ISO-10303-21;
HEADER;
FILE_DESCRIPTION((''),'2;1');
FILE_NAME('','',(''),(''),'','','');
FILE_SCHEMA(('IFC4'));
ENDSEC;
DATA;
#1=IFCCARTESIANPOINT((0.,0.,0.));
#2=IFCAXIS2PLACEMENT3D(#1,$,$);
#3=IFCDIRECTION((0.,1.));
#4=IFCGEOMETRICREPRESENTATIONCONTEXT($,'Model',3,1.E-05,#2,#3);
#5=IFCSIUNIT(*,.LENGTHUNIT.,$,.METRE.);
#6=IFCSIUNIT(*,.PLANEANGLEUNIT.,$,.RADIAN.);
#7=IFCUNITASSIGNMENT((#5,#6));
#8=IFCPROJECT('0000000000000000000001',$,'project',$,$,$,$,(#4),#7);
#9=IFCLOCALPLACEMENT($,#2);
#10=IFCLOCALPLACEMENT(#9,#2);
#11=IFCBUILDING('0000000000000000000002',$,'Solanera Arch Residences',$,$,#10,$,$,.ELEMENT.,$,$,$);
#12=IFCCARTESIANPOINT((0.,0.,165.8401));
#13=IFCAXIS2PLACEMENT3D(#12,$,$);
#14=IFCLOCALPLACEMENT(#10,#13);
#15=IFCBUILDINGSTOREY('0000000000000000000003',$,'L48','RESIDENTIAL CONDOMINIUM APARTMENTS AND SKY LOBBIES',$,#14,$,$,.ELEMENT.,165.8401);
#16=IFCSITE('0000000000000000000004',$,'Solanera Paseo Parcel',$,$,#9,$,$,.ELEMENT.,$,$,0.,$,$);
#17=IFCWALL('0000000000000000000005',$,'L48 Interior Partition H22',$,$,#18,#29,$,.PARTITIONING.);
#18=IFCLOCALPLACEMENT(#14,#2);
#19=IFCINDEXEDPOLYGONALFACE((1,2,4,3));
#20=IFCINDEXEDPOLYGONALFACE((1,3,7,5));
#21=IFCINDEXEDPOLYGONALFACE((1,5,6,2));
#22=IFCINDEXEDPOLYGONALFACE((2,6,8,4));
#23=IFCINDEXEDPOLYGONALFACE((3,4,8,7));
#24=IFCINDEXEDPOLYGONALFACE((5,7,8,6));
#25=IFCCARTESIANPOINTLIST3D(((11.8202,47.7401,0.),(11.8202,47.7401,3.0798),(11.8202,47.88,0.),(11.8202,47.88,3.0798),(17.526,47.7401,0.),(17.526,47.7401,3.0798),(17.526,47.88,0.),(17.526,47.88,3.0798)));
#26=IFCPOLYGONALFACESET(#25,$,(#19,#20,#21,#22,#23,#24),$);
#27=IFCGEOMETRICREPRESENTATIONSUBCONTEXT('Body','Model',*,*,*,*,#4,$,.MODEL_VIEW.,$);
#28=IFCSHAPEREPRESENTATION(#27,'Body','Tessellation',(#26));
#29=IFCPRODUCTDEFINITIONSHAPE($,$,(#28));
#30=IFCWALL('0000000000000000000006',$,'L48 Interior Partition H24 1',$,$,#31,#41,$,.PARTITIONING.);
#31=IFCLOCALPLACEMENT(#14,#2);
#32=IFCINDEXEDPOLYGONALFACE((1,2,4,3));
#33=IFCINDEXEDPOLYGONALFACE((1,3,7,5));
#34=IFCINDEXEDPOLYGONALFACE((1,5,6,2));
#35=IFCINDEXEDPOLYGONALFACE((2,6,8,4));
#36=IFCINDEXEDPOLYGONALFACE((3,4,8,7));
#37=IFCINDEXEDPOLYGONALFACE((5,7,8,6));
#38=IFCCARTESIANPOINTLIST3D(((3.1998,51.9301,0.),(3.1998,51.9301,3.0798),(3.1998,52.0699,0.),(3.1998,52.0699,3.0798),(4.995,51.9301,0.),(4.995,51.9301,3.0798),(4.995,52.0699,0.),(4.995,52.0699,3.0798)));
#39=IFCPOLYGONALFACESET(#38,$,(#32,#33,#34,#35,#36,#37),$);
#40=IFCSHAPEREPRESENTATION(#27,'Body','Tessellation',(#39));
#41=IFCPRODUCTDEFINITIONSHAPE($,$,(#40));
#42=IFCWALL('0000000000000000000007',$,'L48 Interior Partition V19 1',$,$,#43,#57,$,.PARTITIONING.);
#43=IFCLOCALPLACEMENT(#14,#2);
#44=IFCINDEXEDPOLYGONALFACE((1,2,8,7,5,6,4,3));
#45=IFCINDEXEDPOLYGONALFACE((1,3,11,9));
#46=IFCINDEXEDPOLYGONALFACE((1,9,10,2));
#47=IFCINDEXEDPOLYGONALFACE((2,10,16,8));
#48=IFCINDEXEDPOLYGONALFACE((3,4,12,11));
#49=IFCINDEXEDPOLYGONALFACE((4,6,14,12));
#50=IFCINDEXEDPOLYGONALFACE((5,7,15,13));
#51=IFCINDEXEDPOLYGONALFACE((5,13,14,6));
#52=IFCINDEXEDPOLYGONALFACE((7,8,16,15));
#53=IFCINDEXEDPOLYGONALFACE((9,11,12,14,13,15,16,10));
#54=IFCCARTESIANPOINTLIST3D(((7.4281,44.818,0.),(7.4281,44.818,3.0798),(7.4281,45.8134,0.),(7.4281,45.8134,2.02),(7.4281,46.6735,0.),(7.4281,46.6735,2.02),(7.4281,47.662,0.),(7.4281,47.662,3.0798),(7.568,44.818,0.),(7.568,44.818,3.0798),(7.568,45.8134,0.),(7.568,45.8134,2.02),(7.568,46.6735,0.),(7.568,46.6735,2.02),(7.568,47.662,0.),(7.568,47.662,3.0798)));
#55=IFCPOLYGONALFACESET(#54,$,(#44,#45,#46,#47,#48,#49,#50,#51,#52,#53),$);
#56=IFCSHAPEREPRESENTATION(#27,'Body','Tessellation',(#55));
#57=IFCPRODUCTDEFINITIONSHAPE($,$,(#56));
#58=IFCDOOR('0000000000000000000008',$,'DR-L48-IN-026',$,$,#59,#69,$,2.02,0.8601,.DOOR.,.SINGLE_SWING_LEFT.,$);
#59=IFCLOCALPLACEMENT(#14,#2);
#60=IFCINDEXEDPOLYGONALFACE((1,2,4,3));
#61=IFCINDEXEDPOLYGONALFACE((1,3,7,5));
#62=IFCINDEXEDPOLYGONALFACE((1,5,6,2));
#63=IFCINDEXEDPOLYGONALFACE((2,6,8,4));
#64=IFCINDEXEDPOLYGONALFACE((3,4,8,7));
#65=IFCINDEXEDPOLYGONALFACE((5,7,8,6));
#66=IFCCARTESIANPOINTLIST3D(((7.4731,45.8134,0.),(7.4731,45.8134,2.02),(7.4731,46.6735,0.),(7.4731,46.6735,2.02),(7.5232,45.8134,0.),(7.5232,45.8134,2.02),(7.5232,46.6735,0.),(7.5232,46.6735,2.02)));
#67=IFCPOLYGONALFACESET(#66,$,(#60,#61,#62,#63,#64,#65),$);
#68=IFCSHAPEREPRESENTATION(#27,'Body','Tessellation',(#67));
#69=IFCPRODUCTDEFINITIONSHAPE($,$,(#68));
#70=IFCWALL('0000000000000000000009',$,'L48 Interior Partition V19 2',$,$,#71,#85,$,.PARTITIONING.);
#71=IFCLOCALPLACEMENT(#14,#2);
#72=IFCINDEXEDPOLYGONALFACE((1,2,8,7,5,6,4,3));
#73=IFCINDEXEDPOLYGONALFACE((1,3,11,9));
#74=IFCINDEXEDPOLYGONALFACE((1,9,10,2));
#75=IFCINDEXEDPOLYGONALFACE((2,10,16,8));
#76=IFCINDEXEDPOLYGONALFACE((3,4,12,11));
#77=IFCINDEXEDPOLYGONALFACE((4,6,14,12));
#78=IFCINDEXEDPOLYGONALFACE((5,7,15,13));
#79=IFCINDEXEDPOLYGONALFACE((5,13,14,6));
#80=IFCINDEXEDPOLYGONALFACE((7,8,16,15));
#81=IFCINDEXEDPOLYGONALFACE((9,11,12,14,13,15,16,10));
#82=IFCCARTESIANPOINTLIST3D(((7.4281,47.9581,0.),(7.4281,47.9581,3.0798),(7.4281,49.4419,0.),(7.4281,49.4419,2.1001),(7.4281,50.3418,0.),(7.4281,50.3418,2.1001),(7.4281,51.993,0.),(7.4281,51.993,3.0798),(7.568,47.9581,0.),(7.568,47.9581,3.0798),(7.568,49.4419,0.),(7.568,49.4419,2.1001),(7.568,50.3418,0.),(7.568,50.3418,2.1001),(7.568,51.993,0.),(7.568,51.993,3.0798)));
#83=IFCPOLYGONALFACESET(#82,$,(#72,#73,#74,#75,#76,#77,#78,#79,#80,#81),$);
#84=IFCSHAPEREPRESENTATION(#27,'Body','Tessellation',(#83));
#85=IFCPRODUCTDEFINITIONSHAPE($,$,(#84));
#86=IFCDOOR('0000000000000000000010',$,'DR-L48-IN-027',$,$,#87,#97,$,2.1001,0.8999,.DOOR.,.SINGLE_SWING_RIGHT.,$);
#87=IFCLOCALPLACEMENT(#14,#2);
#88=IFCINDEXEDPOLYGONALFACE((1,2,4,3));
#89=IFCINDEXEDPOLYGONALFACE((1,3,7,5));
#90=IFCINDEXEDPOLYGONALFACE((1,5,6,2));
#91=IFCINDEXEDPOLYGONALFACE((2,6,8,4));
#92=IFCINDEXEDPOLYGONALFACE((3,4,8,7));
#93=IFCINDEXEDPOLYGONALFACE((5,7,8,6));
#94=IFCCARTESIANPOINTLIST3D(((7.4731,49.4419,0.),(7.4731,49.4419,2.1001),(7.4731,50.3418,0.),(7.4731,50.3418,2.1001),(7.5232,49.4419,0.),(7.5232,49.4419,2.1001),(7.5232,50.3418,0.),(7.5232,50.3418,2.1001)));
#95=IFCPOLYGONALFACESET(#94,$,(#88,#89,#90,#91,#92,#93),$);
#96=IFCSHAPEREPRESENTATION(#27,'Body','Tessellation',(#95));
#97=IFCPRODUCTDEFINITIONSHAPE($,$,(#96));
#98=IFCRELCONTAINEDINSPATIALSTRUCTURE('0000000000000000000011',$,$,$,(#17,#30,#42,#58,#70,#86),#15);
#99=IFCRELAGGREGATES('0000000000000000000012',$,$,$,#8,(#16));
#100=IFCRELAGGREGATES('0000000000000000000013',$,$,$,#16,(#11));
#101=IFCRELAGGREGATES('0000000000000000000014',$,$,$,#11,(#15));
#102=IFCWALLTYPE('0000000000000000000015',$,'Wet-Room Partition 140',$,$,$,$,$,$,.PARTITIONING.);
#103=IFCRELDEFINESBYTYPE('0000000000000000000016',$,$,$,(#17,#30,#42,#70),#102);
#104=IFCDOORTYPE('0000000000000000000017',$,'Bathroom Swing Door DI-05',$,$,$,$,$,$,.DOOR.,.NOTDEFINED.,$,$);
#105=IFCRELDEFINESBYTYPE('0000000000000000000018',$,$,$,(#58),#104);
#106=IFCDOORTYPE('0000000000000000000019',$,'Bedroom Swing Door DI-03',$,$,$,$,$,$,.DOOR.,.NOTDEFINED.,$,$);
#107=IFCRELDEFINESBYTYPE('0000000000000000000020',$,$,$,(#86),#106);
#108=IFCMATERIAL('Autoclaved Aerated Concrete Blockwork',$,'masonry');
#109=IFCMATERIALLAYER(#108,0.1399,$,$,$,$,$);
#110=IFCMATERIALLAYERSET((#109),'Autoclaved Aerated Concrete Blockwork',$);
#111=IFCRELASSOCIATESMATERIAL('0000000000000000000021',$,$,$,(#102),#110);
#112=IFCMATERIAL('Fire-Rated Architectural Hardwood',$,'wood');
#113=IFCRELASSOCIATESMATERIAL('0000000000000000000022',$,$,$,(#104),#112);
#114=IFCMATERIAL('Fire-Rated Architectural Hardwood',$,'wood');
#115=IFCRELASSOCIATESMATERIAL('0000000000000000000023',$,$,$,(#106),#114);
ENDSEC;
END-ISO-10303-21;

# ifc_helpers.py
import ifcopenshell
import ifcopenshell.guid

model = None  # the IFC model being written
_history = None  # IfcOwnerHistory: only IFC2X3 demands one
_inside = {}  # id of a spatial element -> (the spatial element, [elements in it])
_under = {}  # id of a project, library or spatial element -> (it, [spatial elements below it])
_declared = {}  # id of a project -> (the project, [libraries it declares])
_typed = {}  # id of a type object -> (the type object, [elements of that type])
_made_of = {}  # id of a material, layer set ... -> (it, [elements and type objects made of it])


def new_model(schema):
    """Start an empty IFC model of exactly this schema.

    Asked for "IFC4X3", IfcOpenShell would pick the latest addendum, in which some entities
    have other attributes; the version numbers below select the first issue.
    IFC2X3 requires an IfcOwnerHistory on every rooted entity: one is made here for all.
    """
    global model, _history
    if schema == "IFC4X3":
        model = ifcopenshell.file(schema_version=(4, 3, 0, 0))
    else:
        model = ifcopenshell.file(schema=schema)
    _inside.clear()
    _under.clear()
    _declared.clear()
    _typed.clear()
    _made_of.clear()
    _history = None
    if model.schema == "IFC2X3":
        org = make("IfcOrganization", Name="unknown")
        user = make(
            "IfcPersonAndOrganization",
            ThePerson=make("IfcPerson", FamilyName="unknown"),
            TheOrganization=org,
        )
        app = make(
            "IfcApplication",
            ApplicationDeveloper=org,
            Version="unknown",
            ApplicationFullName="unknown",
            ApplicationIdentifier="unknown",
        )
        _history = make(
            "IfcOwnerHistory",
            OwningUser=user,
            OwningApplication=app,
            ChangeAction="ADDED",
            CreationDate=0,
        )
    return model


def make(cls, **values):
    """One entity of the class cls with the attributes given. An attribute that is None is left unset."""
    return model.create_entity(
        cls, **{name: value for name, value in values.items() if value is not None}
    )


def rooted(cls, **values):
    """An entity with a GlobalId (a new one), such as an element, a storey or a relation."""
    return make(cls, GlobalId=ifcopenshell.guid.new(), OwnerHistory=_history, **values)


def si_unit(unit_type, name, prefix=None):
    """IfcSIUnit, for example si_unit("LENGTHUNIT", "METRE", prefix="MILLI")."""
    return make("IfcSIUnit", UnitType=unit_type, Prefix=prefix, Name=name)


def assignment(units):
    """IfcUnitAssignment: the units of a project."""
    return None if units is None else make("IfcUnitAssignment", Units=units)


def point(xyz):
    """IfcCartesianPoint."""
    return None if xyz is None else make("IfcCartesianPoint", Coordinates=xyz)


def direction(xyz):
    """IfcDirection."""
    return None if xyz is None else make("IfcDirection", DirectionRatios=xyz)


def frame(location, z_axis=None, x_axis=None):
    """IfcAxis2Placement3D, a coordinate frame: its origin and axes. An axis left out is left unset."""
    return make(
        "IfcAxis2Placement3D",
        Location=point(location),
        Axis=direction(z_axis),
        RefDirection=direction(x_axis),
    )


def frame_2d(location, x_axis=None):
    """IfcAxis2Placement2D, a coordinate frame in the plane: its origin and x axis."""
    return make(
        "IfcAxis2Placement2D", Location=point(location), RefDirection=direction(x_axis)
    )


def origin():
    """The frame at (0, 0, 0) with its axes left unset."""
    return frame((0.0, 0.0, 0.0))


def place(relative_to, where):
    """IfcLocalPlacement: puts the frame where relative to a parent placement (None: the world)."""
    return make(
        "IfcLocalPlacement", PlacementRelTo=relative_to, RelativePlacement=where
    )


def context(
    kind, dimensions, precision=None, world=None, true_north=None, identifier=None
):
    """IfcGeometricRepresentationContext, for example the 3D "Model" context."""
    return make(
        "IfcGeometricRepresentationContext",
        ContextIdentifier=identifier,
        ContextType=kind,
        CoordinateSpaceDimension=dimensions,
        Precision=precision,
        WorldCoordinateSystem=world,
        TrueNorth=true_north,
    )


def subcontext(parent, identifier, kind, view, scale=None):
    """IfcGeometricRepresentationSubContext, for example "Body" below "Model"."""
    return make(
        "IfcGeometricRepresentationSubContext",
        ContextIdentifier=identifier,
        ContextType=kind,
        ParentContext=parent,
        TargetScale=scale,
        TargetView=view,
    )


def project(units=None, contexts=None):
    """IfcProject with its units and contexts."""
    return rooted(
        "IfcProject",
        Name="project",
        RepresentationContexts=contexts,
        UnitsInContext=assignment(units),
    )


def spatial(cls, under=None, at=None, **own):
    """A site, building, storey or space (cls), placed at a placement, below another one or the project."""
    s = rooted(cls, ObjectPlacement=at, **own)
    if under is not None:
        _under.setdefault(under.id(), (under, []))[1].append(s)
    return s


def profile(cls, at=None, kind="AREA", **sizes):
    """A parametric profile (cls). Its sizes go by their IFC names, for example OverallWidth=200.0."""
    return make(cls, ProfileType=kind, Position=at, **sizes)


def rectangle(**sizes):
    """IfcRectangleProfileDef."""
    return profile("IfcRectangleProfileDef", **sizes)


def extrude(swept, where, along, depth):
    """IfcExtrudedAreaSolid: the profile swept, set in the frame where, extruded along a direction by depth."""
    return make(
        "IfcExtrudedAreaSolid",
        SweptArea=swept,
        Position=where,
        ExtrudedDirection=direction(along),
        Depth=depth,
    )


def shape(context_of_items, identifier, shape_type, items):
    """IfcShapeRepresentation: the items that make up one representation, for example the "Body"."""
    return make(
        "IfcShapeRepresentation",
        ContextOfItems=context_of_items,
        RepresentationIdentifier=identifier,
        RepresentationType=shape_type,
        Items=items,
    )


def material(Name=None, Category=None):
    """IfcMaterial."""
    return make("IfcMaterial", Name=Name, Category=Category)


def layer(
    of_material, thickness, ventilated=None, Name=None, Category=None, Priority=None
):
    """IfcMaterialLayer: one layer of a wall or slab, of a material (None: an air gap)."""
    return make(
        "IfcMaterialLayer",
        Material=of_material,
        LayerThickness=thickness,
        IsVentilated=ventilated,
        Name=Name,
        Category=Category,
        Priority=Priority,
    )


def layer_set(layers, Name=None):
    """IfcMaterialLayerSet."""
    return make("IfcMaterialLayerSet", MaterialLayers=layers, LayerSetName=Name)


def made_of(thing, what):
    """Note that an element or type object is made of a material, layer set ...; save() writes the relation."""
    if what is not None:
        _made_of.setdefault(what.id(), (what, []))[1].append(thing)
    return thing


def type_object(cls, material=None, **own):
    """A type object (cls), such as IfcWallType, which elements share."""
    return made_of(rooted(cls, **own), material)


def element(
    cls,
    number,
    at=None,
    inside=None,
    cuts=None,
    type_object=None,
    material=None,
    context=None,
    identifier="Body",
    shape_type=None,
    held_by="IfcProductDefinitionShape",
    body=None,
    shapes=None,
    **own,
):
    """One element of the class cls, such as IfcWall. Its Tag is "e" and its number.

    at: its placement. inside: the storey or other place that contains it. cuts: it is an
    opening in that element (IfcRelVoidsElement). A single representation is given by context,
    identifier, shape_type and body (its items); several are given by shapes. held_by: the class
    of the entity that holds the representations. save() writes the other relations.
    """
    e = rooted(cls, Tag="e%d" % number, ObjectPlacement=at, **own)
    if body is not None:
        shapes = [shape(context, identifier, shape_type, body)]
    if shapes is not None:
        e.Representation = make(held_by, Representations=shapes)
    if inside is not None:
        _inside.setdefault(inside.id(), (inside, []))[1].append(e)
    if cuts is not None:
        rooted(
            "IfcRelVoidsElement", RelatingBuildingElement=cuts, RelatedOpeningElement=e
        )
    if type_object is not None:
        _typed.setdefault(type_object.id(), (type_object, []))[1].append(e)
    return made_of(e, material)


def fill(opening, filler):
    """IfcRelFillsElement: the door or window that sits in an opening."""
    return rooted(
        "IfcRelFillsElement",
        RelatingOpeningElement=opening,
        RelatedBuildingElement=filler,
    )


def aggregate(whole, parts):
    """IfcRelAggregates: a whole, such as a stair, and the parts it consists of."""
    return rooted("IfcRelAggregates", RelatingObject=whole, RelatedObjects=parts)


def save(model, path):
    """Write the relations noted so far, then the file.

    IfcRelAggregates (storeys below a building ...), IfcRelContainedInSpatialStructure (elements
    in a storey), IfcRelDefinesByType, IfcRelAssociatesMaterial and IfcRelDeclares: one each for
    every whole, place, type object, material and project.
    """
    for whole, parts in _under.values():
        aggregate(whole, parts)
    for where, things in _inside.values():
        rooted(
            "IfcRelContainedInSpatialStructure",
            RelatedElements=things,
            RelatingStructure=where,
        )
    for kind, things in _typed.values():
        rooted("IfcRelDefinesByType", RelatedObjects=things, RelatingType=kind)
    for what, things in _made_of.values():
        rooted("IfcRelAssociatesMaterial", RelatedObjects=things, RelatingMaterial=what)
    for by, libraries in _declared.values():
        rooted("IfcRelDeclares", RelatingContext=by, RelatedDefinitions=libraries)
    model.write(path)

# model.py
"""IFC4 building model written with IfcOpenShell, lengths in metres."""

from ifc_helpers import new_model, si_unit, direction, frame, frame_2d, origin, place, context, subcontext, project, spatial, rectangle, extrude, material, layer, layer_set, type_object, element, fill, save


model = new_model("IFC4")

# Units and contexts
model_context = context("Model", 3, precision=1e-05, world=origin(), true_north=direction((0.0, 1.0)))
body_context = subcontext(model_context, "Body", "Model", "MODEL_VIEW")
ifc_project = project(units=[si_unit("LENGTHUNIT", "METRE"), si_unit("PLANEANGLEUNIT", "RADIAN")], contexts=[model_context])

# Site, building, storey
site_placement = place(None, origin())
site = spatial("IfcSite", under=ifc_project, at=site_placement, Name="Solanera Paseo Parcel", CompositionType="ELEMENT", RefElevation=0.0)
building_placement = place(site_placement, origin())
building = spatial("IfcBuilding", under=site, at=building_placement, Name="Solanera Arch Residences", CompositionType="ELEMENT")
storey_placement = place(building_placement, frame((0.0, 0.0, 165.8401)))
storey = spatial("IfcBuildingStorey", under=building, at=storey_placement, Name="L48", Description="RESIDENTIAL CONDOMINIUM APARTMENTS AND SKY LOBBIES", CompositionType="ELEMENT", Elevation=165.8401)

# Walls
ifc_material_1 = material(Name="Autoclaved Aerated Concrete Blockwork", Category="masonry")
ifc_layer_1 = layer(ifc_material_1, 0.1399)
ifc_layer_set_1 = layer_set([ifc_layer_1], Name="Autoclaved Aerated Concrete Blockwork")
wall_type_1 = type_object("IfcWallType", Name="Wet-Room Partition 140", PredefinedType="PARTITIONING", material=ifc_layer_set_1)
wall_1_placement = place(storey_placement, frame((11.8201, 47.8101, 0.0), z_axis=(0.0, 0.0, 1.0), x_axis=(1.0, 0.0, 0.0)))
element("IfcWall", 1, at=wall_1_placement, inside=storey, type_object=wall_type_1, Name="L48 Interior Partition H22", PredefinedType="PARTITIONING", context=body_context, shape_type="SweptSolid", body=[
    extrude(rectangle(XDim=5.7058, YDim=0.1399, at=frame_2d((2.853, 0.0))), origin(), (0.0, 0.0, 1.0), 3.0798),
])
wall_2_placement = place(storey_placement, frame((3.2, 52.0, 0.0), z_axis=(0.0, 0.0, 1.0), x_axis=(1.0, 0.0, 0.0)))
element("IfcWall", 2, at=wall_2_placement, inside=storey, type_object=wall_type_1, Name="L48 Interior Partition H24 1", PredefinedType="PARTITIONING", context=body_context, shape_type="SweptSolid", body=[
    extrude(rectangle(XDim=1.7952, YDim=0.1399, at=frame_2d((0.8975, 0.0))), origin(), (0.0, 0.0, 1.0), 3.0798),
])

# Walls, openings, doors
wall_3_placement = place(storey_placement, frame((7.498, 44.8181, 0.0), z_axis=(0.0, 0.0, 1.0), x_axis=(0.0, 1.0, 0.0)))
wall_3 = element("IfcWall", 3, at=wall_3_placement, inside=storey, type_object=wall_type_1, Name="L48 Interior Partition V19 1", PredefinedType="PARTITIONING", context=body_context, shape_type="SweptSolid", body=[
    extrude(rectangle(XDim=2.844, YDim=0.1399, at=frame_2d((1.4219, 0.0))), origin(), (0.0, 0.0, 1.0), 3.0798),
])
opening_1_placement = place(wall_3_placement, frame((0.9951, 0.0, 0.0)))
opening_1 = element("IfcOpeningElement", 4, at=opening_1_placement, cuts=wall_3, PredefinedType="OPENING", context=body_context, shape_type="SweptSolid", body=[
    extrude(rectangle(XDim=0.8601, YDim=2.02, at=frame_2d((0.4302, 1.01))), frame((0.0, 0.0798, 0.0), z_axis=(0.0, -1.0, 0.0), x_axis=(1.0, 0.0, 0.0)), (0.0, 0.0, 1.0), 0.1599),
])
ifc_material_2 = material(Name="Fire-Rated Architectural Hardwood", Category="wood")
door_type_1 = type_object("IfcDoorType", Name="Bathroom Swing Door DI-05", OperationType="NOTDEFINED", PredefinedType="DOOR", material=ifc_material_2)
door_1_placement = place(opening_1_placement, origin())
door_1 = element("IfcDoor", 5, at=door_1_placement, inside=storey, type_object=door_type_1, Name="DR-L48-IN-026", OperationType="SINGLE_SWING_LEFT", OverallHeight=2.02, OverallWidth=0.8601, PredefinedType="DOOR", context=body_context, shape_type="SweptSolid", body=[
    extrude(rectangle(XDim=0.8601, YDim=2.02, at=frame_2d((0.4302, 1.01))), frame((0.0, 0.0249, 0.0), z_axis=(0.0, -1.0, 0.0), x_axis=(1.0, 0.0, 0.0)), (0.0, 0.0, 1.0), 0.05),
])
fill(opening_1, door_1)
wall_4_placement = place(storey_placement, frame((7.498, 47.958, 0.0), z_axis=(0.0, 0.0, 1.0), x_axis=(0.0, 1.0, 0.0)))
wall_4 = element("IfcWall", 6, at=wall_4_placement, inside=storey, type_object=wall_type_1, Name="L48 Interior Partition V19 2", PredefinedType="PARTITIONING", context=body_context, shape_type="SweptSolid", body=[
    extrude(rectangle(XDim=4.0349, YDim=0.1399, at=frame_2d((2.0176, 0.0))), origin(), (0.0, 0.0, 1.0), 3.0798),
])
opening_2_placement = place(wall_4_placement, frame((1.4839, 0.0, 0.0)))
opening_2 = element("IfcOpeningElement", 7, at=opening_2_placement, cuts=wall_4, PredefinedType="OPENING", context=body_context, shape_type="SweptSolid", body=[
    extrude(rectangle(XDim=0.8999, YDim=2.1001, at=frame_2d((0.45, 1.05))), frame((0.0, 0.0798, 0.0), z_axis=(0.0, -1.0, 0.0), x_axis=(1.0, 0.0, 0.0)), (0.0, 0.0, 1.0), 0.1599),
])
ifc_material_3 = material(Name="Fire-Rated Architectural Hardwood", Category="wood")
door_type_2 = type_object("IfcDoorType", Name="Bedroom Swing Door DI-03", OperationType="NOTDEFINED", PredefinedType="DOOR", material=ifc_material_3)
door_2_placement = place(opening_2_placement, origin())
door_2 = element("IfcDoor", 8, at=door_2_placement, inside=storey, type_object=door_type_2, Name="DR-L48-IN-027", OperationType="SINGLE_SWING_RIGHT", OverallHeight=2.1001, OverallWidth=0.8999, PredefinedType="DOOR", context=body_context, shape_type="SweptSolid", body=[
    extrude(rectangle(XDim=0.8999, YDim=2.1001, at=frame_2d((0.45, 1.05))), frame((0.0, 0.0249, 0.0), z_axis=(0.0, -1.0, 0.0), x_axis=(1.0, 0.0, 0.0)), (0.0, 0.0, 1.0), 0.05),
])
fill(opening_2, door_2)

save(model, "model.ifc")
